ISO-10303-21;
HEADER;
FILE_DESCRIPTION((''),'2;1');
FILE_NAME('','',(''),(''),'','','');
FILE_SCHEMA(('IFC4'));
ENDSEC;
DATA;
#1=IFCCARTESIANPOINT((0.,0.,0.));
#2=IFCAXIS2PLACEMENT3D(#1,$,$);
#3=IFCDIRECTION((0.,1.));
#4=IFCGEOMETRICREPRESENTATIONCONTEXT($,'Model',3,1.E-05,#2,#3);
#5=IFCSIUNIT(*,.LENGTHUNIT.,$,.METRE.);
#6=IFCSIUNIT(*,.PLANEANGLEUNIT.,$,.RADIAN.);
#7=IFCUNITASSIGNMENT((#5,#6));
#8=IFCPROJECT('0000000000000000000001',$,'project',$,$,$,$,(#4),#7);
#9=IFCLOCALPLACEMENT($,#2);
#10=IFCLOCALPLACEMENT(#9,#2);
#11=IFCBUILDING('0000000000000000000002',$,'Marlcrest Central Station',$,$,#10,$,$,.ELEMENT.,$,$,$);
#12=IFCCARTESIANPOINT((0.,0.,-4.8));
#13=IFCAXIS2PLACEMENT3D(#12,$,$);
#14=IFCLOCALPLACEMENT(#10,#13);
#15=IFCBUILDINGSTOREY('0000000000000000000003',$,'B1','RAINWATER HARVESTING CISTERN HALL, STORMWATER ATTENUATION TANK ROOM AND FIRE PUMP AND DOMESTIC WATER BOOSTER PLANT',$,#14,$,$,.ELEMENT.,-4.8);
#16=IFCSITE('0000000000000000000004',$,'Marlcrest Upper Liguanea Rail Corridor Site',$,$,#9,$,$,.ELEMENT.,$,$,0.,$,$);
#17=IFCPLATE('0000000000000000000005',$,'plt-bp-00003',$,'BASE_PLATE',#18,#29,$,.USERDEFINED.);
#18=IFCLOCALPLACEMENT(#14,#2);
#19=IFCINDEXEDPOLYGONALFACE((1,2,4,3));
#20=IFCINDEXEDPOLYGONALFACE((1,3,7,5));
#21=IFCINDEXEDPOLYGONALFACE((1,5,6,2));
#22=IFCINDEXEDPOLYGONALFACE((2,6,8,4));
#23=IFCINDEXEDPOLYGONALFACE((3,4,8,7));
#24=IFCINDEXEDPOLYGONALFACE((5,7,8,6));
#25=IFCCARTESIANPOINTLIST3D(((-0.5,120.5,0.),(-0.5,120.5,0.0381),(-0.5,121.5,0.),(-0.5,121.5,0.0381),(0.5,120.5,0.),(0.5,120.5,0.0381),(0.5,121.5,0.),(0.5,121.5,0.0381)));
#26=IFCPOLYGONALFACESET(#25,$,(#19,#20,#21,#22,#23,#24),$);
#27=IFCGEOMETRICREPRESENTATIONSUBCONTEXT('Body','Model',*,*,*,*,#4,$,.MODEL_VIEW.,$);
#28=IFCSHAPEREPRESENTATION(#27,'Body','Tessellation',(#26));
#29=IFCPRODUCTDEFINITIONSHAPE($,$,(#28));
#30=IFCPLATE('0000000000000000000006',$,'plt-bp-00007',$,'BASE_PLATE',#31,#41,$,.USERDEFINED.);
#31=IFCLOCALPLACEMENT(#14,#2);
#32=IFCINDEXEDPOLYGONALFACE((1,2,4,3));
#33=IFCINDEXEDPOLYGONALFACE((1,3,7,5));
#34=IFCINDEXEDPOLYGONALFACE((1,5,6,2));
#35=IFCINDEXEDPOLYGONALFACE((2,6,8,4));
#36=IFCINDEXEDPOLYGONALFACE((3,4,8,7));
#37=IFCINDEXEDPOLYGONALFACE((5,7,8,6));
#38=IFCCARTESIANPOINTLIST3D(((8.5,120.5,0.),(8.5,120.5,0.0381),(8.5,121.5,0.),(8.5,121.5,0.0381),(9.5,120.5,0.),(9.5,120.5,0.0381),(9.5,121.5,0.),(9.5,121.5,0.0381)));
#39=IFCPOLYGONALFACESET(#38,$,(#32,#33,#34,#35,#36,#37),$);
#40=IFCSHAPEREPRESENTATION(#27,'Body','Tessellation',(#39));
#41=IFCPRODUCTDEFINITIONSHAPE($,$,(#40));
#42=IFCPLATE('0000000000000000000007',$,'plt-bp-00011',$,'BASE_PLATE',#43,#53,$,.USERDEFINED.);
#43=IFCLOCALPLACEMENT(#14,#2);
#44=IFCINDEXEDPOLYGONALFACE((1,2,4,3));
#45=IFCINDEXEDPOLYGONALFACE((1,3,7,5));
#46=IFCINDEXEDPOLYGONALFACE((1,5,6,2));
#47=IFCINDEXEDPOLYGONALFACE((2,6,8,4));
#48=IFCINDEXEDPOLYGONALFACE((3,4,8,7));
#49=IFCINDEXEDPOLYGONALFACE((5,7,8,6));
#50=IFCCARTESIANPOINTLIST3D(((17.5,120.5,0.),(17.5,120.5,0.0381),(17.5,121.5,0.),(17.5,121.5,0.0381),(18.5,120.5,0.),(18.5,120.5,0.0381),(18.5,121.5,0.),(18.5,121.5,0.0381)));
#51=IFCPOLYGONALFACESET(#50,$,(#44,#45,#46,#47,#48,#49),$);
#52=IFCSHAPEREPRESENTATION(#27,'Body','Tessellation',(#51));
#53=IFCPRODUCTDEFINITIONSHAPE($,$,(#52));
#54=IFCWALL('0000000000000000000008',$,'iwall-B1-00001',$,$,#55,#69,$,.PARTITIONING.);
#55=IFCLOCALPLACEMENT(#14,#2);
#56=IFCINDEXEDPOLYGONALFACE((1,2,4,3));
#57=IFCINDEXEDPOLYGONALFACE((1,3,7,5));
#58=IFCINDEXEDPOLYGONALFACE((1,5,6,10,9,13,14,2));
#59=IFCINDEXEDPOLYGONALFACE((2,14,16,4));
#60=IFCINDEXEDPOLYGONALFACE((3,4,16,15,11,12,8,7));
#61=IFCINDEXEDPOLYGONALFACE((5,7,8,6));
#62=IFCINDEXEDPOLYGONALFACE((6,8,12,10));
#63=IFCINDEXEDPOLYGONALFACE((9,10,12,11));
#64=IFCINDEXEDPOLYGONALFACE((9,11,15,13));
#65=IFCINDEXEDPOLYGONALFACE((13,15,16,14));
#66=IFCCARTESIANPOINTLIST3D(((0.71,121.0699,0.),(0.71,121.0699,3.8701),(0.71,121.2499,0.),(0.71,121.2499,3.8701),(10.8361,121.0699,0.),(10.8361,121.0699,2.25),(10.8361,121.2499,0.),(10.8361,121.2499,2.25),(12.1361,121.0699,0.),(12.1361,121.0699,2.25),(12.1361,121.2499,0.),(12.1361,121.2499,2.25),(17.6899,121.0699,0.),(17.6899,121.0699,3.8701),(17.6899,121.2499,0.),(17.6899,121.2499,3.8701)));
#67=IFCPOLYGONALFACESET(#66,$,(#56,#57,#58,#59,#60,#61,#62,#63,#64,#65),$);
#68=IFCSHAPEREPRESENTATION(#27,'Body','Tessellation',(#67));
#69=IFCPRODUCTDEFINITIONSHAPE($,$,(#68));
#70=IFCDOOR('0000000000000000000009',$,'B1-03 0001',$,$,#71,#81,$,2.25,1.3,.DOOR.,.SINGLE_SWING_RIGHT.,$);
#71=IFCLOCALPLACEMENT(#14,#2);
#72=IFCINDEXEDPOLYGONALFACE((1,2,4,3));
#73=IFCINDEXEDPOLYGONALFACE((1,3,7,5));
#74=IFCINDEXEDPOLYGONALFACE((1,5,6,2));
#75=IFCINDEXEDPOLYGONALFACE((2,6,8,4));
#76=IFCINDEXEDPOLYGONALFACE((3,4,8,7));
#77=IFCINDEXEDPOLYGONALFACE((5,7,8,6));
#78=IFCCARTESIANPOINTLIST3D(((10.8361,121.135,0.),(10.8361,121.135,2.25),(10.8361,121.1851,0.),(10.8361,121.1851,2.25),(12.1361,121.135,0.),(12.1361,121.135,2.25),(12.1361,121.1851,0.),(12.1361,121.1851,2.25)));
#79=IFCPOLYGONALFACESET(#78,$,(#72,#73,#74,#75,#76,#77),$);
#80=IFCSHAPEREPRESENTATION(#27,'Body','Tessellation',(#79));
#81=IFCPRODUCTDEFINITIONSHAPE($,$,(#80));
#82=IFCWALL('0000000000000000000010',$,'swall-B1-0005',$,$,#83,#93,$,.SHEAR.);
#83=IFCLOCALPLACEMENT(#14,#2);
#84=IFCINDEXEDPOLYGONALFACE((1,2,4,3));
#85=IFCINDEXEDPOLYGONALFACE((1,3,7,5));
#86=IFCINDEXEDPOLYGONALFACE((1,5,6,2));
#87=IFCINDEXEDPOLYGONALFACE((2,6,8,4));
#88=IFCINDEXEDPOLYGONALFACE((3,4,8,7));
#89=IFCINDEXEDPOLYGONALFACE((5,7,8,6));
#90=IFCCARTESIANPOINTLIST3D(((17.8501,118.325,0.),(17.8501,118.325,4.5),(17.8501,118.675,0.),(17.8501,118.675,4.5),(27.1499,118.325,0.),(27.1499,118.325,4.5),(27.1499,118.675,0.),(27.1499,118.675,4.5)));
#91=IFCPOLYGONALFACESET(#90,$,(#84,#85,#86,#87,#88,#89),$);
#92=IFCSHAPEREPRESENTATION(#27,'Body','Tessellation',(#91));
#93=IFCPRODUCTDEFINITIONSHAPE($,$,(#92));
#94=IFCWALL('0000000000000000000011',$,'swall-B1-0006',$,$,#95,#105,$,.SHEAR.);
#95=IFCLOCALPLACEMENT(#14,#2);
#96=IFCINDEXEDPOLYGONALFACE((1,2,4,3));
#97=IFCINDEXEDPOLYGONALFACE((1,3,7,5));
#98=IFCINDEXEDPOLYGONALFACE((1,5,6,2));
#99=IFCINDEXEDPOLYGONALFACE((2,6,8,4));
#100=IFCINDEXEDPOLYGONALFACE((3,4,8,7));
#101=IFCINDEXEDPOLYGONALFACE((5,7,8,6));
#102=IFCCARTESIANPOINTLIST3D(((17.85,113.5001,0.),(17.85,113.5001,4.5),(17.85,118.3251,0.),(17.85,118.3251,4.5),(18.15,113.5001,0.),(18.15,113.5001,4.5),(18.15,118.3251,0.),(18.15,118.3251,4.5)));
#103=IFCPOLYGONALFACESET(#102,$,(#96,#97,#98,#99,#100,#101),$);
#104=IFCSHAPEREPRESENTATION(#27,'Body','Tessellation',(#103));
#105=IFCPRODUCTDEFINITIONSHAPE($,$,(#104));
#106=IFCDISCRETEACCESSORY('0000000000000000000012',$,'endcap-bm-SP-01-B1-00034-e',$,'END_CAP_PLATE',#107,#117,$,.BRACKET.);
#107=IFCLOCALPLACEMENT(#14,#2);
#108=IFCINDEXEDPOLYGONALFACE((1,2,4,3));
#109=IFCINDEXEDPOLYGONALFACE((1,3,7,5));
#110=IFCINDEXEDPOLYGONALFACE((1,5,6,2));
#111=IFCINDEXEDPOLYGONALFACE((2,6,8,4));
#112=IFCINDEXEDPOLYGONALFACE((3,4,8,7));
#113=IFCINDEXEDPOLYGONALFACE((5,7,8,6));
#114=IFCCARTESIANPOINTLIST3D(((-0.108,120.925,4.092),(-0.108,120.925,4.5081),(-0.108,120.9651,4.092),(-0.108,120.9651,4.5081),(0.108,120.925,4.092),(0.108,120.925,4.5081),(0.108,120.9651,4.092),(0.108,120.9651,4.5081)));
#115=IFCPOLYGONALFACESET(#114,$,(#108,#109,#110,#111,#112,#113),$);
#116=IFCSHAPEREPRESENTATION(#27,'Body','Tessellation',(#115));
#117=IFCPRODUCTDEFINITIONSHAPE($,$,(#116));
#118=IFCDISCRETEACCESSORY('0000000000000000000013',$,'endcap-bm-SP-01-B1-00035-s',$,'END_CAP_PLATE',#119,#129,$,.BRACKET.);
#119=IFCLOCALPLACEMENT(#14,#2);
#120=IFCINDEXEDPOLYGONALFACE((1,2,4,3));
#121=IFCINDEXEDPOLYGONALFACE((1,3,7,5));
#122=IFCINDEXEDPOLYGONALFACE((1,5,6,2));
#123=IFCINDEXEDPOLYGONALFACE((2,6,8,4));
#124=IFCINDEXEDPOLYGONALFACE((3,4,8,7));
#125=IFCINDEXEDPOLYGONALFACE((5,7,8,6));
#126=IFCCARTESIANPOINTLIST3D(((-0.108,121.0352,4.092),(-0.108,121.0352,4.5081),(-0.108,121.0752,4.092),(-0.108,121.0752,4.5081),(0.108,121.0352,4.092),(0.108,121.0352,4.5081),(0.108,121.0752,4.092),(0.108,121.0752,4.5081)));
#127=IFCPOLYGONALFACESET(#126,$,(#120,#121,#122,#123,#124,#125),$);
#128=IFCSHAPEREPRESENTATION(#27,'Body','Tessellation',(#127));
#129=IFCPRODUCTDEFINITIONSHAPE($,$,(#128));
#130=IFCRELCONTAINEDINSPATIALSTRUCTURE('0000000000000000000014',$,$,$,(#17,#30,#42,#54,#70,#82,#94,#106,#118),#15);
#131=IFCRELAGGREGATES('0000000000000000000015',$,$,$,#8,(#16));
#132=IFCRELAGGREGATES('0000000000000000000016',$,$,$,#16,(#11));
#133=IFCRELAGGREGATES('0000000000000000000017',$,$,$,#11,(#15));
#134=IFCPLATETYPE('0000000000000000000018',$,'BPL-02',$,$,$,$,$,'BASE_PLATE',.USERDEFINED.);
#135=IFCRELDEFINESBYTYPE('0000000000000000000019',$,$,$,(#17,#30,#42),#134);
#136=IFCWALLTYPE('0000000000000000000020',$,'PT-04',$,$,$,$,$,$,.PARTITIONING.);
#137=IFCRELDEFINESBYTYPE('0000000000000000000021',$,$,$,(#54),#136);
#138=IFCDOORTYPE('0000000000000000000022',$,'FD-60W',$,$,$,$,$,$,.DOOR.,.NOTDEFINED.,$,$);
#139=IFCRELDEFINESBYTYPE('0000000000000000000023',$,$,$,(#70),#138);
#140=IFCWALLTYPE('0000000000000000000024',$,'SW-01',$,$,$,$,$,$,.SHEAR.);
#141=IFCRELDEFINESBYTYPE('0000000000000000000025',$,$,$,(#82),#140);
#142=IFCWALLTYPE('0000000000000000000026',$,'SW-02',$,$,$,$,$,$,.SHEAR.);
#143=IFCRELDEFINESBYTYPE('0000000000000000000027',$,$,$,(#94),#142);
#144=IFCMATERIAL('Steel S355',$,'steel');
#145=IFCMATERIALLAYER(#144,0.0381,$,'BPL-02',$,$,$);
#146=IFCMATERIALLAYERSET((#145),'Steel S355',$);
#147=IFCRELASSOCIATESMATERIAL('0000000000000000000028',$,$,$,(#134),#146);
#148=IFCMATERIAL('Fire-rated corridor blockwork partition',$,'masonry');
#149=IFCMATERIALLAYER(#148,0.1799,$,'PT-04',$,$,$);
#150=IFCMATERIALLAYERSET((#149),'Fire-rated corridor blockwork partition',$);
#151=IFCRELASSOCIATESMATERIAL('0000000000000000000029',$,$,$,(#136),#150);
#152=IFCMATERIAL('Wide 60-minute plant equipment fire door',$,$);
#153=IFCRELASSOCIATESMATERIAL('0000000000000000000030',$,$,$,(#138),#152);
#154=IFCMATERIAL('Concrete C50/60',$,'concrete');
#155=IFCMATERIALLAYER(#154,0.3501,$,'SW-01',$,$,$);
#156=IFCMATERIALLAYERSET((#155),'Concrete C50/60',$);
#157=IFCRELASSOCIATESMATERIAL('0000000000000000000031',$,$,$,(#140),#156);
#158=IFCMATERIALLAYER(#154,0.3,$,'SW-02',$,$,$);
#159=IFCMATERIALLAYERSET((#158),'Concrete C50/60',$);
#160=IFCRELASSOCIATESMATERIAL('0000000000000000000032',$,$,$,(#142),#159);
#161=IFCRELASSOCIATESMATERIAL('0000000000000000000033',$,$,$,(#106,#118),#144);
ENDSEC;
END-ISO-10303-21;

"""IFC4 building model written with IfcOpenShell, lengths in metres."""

from ifc_helpers import new_model, si_unit, direction, frame, frame_2d, origin, origin_2d, place, context, subcontext, project, spatial, rectangle, extrude, material, layer, layer_set, type_object, element, fill, save


model = new_model("IFC4")

# Units and contexts
model_context = context("Model", 3, precision=1e-05, world=origin(), true_north=direction((0.0, 1.0)))
body_context = subcontext(model_context, "Body", "Model", "MODEL_VIEW")
ifc_project = project(units=[si_unit("LENGTHUNIT", "METRE"), si_unit("PLANEANGLEUNIT", "RADIAN")], contexts=[model_context])

# Site, building, storey
site_placement = place(None, origin())
site = spatial("IfcSite", under=ifc_project, at=site_placement, Name="Marlcrest Upper Liguanea Rail Corridor Site", CompositionType="ELEMENT", RefElevation=0.0)
building_placement = place(site_placement, origin())
building = spatial("IfcBuilding", under=site, at=building_placement, Name="Marlcrest Central Station", CompositionType="ELEMENT")
storey_placement = place(building_placement, frame((0.0, 0.0, -4.8)))
storey = spatial("IfcBuildingStorey", under=building, at=storey_placement, Name="B1", Description="RAINWATER HARVESTING CISTERN HALL, STORMWATER ATTENUATION TANK ROOM AND FIRE PUMP AND DOMESTIC WATER BOOSTER PLANT", CompositionType="ELEMENT", Elevation=-4.8)

# Shared definitions
ifc_material_1 = material(Name="Steel S355", Category="steel")

# Plates
ifc_layer_1 = layer(ifc_material_1, 0.0381, Name="BPL-02")
ifc_layer_set_1 = layer_set([ifc_layer_1], Name="Steel S355")
plate_type = type_object("IfcPlateType", Name="BPL-02", ElementType="BASE_PLATE", PredefinedType="USERDEFINED", material=ifc_layer_set_1)
for number, where, z_axis, x_axis, name in (
    (1, (0.0, 121.0, 0.0), (0.0, 0.0, 1.0), (1.0, 0.0, 0.0), "plt-bp-00003"),
    (2, (9.0, 121.0, 0.0), (0.0, 0.0, 1.0), (1.0, 0.0, 0.0), "plt-bp-00007"),
    (3, (18.0, 121.0, 0.0), (0.0, 0.0, 1.0), (1.0, 0.0, 0.0), "plt-bp-00011"),
):
    element("IfcPlate", number, at=place(storey_placement, frame(where, z_axis=z_axis, x_axis=x_axis)), inside=storey, type_object=plate_type, Name=name, ObjectType="BASE_PLATE", PredefinedType="USERDEFINED", context=body_context, shape_type="SweptSolid", body=[
        extrude(rectangle(XDim=1.0, YDim=1.0, at=origin_2d()), origin(), (0.0, 0.0, 1.0), 0.0381),
    ])

# Wall, opening, door
ifc_material_2 = material(Name="Fire-rated corridor blockwork partition", Category="masonry")
ifc_layer_2 = layer(ifc_material_2, 0.1799, Name="PT-04")
ifc_layer_set_2 = layer_set([ifc_layer_2], Name="Fire-rated corridor blockwork partition")
wall_type_1 = type_object("IfcWallType", Name="PT-04", PredefinedType="PARTITIONING", material=ifc_layer_set_2)
wall_1_placement = place(storey_placement, frame((17.6899, 121.1599, 0.0), z_axis=(0.0, 0.0, 1.0), x_axis=(-1.0, 0.0, 0.0)))
wall_1 = element("IfcWall", 4, at=wall_1_placement, inside=storey, type_object=wall_type_1, Name="iwall-B1-00001", PredefinedType="PARTITIONING", context=body_context, shape_type="SweptSolid", body=[
    extrude(rectangle(XDim=16.98, YDim=0.1799, at=frame_2d((8.49, 0.0))), origin(), (0.0, 0.0, 1.0), 3.8701),
])
opening_placement = place(wall_1_placement, frame((5.554, 0.0, 0.0)))
opening = element("IfcOpeningElement", 5, at=opening_placement, cuts=wall_1, PredefinedType="OPENING", context=body_context, shape_type="SweptSolid", body=[
    extrude(rectangle(XDim=1.3, YDim=2.25, at=frame_2d((0.6499, 1.125))), frame((0.0, 0.0999, 0.0), z_axis=(0.0, -1.0, 0.0), x_axis=(1.0, 0.0, 0.0)), (0.0, 0.0, 1.0), 0.2),
])
ifc_material_3 = material(Name="Wide 60-minute plant equipment fire door")
door_type = type_object("IfcDoorType", Name="FD-60W", OperationType="NOTDEFINED", PredefinedType="DOOR", material=ifc_material_3)
door_placement = place(opening_placement, origin())
door = element("IfcDoor", 6, at=door_placement, inside=storey, type_object=door_type, Name="B1-03 0001", OperationType="SINGLE_SWING_RIGHT", OverallHeight=2.25, OverallWidth=1.3, PredefinedType="DOOR", context=body_context, shape_type="SweptSolid", body=[
    extrude(rectangle(XDim=1.3, YDim=2.25, at=frame_2d((0.6499, 1.125))), frame((0.0, 0.0249, 0.0), z_axis=(0.0, -1.0, 0.0), x_axis=(1.0, 0.0, 0.0)), (0.0, 0.0, 1.0), 0.05),
])
fill(opening, door)

# Walls
ifc_material_4 = material(Name="Concrete C50/60", Category="concrete")
ifc_layer_3 = layer(ifc_material_4, 0.3501, Name="SW-01")
ifc_layer_set_3 = layer_set([ifc_layer_3], Name="Concrete C50/60")
wall_type_2 = type_object("IfcWallType", Name="SW-01", PredefinedType="SHEAR", material=ifc_layer_set_3)
wall_2_placement = place(storey_placement, frame((17.8501, 118.5, 0.0), z_axis=(0.0, 0.0, 1.0), x_axis=(1.0, 0.0, 0.0)))
element("IfcWall", 7, at=wall_2_placement, inside=storey, type_object=wall_type_2, Name="swall-B1-0005", PredefinedType="SHEAR", context=body_context, shape_type="SweptSolid", body=[
    extrude(rectangle(XDim=9.2998, YDim=0.3501, at=frame_2d((4.6499, 0.0))), origin(), (0.0, 0.0, 1.0), 4.5),
])
ifc_layer_4 = layer(ifc_material_4, 0.3, Name="SW-02")
ifc_layer_set_4 = layer_set([ifc_layer_4], Name="Concrete C50/60")
wall_type_3 = type_object("IfcWallType", Name="SW-02", PredefinedType="SHEAR", material=ifc_layer_set_4)
wall_3_placement = place(storey_placement, frame((18.0, 113.5, 0.0), z_axis=(0.0, 0.0, 1.0), x_axis=(0.0, 1.0, 0.0)))
element("IfcWall", 8, at=wall_3_placement, inside=storey, type_object=wall_type_3, Name="swall-B1-0006", PredefinedType="SHEAR", context=body_context, shape_type="SweptSolid", body=[
    extrude(rectangle(XDim=4.825, YDim=0.3, at=frame_2d((2.4126, 0.0))), origin(), (0.0, 0.0, 1.0), 4.5),
])

# Discrete accessories
for number, where, z_axis, x_axis, name in (
    (9, (0.0, 120.925, 4.3), (0.0, 1.0, 0.0), (-1.0, 0.0, 0.0), "endcap-bm-SP-01-B1-00034-e"),
    (10, (0.0, 121.0352, 4.3), (0.0, 1.0, 0.0), (-1.0, 0.0, 0.0), "endcap-bm-SP-01-B1-00035-s"),
):
    element("IfcDiscreteAccessory", number, at=place(storey_placement, frame(where, z_axis=z_axis, x_axis=x_axis)), inside=storey, material=ifc_material_1, Name=name, ObjectType="END_CAP_PLATE", PredefinedType="BRACKET", context=body_context, shape_type="SweptSolid", body=[
        extrude(rectangle(XDim=0.2161, YDim=0.416, at=origin_2d()), origin(), (0.0, 0.0, 1.0), 0.04),
    ])

save(model, "model.ifc")
